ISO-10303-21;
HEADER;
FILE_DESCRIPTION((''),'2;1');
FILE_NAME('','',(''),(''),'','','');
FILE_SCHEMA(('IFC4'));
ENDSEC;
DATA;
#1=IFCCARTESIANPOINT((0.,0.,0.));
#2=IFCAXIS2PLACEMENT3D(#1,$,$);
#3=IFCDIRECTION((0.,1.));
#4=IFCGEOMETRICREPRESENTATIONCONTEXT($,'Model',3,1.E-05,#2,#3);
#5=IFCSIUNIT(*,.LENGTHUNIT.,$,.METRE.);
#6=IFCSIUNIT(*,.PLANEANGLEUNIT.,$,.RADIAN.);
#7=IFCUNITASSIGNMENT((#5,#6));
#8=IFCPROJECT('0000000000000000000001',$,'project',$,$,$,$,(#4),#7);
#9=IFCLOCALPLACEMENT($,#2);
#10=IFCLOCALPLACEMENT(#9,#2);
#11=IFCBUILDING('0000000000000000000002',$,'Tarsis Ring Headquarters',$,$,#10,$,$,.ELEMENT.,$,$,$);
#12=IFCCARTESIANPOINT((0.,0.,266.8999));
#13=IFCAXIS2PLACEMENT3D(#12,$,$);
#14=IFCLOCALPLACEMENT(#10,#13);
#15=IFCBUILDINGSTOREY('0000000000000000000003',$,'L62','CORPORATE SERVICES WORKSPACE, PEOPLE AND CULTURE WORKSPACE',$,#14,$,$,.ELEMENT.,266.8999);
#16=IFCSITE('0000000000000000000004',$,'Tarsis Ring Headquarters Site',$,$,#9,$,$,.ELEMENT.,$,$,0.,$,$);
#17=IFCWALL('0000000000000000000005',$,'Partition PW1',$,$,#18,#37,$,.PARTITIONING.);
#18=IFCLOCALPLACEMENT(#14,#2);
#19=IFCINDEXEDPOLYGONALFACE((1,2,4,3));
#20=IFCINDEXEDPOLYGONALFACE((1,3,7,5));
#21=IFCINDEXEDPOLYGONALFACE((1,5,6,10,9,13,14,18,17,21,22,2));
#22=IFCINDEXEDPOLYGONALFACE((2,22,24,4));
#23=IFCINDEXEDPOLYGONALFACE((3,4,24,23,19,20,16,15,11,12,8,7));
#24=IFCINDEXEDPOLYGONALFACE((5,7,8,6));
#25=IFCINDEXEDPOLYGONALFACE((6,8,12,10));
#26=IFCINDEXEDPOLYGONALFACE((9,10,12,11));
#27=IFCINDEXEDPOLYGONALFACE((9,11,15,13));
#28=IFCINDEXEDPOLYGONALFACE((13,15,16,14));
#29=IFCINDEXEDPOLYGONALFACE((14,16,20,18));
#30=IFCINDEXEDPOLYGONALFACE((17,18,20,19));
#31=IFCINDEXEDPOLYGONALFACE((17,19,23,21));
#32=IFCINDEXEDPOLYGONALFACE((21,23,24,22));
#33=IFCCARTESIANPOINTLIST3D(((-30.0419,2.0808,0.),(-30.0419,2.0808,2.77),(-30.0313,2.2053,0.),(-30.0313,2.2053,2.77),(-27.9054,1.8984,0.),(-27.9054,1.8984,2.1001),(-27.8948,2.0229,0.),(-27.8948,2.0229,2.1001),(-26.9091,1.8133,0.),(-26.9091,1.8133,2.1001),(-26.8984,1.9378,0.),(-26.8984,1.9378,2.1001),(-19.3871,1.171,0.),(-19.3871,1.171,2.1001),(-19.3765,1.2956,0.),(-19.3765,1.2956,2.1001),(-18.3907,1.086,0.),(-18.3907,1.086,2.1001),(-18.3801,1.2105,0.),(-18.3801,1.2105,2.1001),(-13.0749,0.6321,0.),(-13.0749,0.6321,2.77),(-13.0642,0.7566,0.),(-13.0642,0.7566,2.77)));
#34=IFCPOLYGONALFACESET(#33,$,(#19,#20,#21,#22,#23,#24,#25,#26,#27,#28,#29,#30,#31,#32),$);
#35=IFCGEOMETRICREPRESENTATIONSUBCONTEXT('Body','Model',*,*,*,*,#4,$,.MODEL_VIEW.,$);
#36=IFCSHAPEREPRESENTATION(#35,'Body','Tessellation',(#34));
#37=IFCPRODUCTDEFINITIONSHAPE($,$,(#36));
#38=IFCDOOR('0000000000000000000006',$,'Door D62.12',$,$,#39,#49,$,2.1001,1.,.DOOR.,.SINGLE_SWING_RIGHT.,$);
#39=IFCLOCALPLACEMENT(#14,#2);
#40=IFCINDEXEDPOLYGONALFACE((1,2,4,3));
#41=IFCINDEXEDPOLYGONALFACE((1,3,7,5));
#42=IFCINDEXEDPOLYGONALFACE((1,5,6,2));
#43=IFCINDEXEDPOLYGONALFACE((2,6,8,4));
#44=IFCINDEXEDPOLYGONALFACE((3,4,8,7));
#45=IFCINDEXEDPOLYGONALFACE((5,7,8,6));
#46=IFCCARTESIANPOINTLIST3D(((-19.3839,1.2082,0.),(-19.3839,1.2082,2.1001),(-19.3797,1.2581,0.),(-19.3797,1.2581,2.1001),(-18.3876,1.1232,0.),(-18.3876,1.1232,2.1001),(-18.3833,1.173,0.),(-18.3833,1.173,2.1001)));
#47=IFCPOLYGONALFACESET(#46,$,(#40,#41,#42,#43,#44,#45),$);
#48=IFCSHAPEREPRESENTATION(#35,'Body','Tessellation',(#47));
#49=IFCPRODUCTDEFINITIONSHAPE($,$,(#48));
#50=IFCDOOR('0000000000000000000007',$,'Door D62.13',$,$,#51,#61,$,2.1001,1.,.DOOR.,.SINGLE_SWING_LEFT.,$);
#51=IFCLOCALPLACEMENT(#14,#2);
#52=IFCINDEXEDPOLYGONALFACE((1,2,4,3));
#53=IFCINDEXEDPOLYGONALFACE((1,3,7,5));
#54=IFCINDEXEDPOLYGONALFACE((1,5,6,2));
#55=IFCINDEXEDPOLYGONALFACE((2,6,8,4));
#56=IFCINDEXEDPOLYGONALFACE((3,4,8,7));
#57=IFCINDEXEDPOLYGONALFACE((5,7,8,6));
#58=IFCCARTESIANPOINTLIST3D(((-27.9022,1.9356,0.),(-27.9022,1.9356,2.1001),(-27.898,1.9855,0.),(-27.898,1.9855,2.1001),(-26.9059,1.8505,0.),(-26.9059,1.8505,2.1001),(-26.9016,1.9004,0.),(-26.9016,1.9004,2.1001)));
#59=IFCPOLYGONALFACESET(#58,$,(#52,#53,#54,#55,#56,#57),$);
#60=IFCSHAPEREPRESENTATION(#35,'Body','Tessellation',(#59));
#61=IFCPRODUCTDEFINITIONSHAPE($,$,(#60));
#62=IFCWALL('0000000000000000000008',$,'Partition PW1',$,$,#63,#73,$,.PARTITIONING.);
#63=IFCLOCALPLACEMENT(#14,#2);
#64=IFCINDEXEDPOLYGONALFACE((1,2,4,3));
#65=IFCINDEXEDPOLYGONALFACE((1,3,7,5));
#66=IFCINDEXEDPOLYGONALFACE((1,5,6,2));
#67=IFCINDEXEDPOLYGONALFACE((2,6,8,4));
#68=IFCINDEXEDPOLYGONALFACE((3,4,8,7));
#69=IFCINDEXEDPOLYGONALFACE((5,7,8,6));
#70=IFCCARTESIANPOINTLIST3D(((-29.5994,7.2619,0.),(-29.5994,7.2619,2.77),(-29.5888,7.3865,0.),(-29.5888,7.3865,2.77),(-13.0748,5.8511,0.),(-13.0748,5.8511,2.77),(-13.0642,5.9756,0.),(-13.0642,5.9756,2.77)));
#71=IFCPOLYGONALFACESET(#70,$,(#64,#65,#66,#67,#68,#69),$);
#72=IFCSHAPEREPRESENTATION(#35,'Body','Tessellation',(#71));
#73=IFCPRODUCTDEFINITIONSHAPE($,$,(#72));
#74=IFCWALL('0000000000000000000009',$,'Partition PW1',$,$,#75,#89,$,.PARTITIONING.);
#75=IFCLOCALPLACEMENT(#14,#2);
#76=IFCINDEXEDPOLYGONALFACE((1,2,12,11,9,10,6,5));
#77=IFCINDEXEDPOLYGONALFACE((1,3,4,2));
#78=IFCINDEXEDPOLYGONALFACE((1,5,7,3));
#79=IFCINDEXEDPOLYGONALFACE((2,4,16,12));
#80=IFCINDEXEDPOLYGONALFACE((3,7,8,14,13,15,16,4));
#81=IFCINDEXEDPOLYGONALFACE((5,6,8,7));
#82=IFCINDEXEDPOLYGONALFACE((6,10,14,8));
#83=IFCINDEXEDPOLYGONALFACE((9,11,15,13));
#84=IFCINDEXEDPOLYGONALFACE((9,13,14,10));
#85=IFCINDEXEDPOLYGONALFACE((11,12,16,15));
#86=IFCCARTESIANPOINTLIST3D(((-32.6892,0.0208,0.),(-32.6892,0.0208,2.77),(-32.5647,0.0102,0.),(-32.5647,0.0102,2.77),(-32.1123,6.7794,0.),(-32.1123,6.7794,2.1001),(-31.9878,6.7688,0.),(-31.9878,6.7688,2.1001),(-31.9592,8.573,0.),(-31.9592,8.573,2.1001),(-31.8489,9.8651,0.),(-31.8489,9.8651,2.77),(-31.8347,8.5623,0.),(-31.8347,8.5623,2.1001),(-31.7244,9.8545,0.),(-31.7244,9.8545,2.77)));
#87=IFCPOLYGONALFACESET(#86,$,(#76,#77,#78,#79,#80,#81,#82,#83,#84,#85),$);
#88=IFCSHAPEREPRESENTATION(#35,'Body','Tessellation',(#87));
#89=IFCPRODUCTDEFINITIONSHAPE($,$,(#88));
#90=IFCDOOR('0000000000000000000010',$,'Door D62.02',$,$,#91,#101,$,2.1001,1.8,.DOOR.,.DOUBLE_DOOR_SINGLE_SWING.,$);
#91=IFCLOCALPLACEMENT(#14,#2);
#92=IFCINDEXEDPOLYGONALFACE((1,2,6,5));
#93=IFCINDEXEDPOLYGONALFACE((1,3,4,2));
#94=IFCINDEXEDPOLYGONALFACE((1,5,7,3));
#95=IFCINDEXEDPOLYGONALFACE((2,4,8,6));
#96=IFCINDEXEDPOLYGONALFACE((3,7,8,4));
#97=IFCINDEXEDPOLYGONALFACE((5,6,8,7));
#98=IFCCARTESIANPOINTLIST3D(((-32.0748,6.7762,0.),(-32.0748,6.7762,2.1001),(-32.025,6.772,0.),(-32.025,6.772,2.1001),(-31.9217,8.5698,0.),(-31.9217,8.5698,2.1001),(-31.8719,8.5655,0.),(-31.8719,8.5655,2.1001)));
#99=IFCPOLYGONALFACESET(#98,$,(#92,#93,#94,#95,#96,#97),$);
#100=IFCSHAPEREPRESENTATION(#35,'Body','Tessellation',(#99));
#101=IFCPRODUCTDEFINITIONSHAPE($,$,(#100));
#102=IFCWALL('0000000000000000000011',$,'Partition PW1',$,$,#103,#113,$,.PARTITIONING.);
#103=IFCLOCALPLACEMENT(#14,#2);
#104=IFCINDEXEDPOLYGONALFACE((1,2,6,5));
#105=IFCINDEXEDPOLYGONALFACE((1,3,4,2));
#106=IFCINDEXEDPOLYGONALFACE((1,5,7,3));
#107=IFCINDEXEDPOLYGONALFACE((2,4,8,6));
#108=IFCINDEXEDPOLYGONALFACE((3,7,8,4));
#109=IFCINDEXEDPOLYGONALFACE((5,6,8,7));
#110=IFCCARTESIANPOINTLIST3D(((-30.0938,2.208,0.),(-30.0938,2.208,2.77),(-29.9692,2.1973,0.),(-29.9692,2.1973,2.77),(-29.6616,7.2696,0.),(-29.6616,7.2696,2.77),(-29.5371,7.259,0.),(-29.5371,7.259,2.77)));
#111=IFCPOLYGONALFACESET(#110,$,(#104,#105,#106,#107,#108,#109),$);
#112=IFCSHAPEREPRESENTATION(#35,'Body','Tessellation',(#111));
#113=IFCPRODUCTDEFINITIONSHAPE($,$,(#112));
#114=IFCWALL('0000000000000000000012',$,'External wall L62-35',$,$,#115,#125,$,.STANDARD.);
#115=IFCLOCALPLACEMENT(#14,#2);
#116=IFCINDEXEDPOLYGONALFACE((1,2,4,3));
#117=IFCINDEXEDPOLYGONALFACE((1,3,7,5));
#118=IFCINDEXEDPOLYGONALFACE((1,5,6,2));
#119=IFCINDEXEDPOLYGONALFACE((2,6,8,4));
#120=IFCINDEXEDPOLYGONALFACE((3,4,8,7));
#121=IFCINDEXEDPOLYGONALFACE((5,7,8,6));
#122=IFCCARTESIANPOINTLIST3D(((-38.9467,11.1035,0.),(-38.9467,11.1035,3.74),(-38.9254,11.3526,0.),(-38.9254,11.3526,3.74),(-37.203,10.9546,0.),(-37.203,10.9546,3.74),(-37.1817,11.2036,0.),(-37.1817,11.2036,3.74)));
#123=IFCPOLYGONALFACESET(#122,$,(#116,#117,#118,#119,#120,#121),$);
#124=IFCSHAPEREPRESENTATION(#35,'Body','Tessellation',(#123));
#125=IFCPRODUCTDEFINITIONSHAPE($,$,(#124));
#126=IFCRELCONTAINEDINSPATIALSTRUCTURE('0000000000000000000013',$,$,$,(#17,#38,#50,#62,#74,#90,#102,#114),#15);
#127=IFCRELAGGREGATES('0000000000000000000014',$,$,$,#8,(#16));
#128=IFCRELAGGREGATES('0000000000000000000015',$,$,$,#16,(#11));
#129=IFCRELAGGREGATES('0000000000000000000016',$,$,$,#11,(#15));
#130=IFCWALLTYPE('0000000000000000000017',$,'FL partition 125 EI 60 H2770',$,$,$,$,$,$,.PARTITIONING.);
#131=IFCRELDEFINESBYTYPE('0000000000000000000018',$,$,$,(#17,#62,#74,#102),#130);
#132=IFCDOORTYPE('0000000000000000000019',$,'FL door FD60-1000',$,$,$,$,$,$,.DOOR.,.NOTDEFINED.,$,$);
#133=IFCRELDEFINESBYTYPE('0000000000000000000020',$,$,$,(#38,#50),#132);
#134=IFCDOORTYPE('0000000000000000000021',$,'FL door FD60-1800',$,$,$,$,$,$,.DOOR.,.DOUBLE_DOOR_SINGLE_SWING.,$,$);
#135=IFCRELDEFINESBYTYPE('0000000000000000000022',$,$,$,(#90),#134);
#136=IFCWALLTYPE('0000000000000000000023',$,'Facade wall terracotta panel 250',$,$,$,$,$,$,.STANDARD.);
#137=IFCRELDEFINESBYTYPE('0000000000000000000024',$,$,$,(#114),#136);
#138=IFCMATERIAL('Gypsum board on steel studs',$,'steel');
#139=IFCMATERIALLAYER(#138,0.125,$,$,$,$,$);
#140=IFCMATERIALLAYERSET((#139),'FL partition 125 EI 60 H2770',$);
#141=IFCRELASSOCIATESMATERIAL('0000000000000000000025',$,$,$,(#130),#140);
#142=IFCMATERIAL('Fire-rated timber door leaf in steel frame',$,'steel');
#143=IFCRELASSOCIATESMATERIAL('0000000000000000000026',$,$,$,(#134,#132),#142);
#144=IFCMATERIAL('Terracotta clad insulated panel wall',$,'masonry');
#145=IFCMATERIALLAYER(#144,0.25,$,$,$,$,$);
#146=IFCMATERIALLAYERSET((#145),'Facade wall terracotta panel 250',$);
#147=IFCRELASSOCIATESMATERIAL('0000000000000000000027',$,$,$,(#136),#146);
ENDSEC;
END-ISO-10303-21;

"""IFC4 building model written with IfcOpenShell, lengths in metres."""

from ifc_helpers import new_model, si_unit, direction, frame, frame_2d, origin, place, context, subcontext, project, spatial, rectangle, extrude, material, layer, layer_set, type_object, element, fill, save


model = new_model("IFC4")

# Units and contexts
model_context = context("Model", 3, precision=1e-05, world=origin(), true_north=direction((0.0, 1.0)))
body_context = subcontext(model_context, "Body", "Model", "MODEL_VIEW")
ifc_project = project(units=[si_unit("LENGTHUNIT", "METRE"), si_unit("PLANEANGLEUNIT", "RADIAN")], contexts=[model_context])

# Site, building, storey
site_placement = place(None, origin())
site = spatial("IfcSite", under=ifc_project, at=site_placement, Name="Tarsis Ring Headquarters Site", CompositionType="ELEMENT", RefElevation=0.0)
building_placement = place(site_placement, origin())
building = spatial("IfcBuilding", under=site, at=building_placement, Name="Tarsis Ring Headquarters", CompositionType="ELEMENT")
storey_placement = place(building_placement, frame((0.0, 0.0, 266.8999)))
storey = spatial("IfcBuildingStorey", under=building, at=storey_placement, Name="L62", Description="CORPORATE SERVICES WORKSPACE, PEOPLE AND CULTURE WORKSPACE", CompositionType="ELEMENT", Elevation=266.8999)

# Shared definitions
ifc_material_1 = material(Name="Gypsum board on steel studs", Category="steel")

# Shared definitions
ifc_layer_1 = layer(ifc_material_1, 0.125)
ifc_layer_set_1 = layer_set([ifc_layer_1], Name="FL partition 125 EI 60 H2770")
wall_type_1 = type_object("IfcWallType", Name="FL partition 125 EI 60 H2770", PredefinedType="PARTITIONING", material=ifc_layer_set_1)
ifc_material_2 = material(Name="Fire-rated timber door leaf in steel frame", Category="steel")
door_type_1 = type_object("IfcDoorType", Name="FL door FD60-1800", OperationType="DOUBLE_DOOR_SINGLE_SWING", PredefinedType="DOOR", material=ifc_material_2)

# Wall, openings, doors
wall_1_placement = place(storey_placement, frame((-30.0366, 2.1431, 0.0), z_axis=(0.0, 0.0, 1.0), x_axis=(0.996375, -0.085075, 0.0)))
wall_1 = element("IfcWall", 1, at=wall_1_placement, inside=storey, type_object=wall_type_1, Name="Partition PW1", PredefinedType="PARTITIONING", context=body_context, shape_type="SweptSolid", body=[
    extrude(rectangle(XDim=17.0288, YDim=0.125, at=frame_2d((8.5144, 0.0))), origin(), (0.0, 0.0, 1.0), 2.77),
])
opening_1_placement = place(wall_1_placement, frame((10.6936, 0.0, 0.0)))
opening_1 = element("IfcOpeningElement", 2, at=opening_1_placement, cuts=wall_1, PredefinedType="OPENING", context=body_context, shape_type="SweptSolid", body=[
    extrude(rectangle(XDim=1.0, YDim=2.1001, at=frame_2d((0.5, 1.05))), frame((0.0, 0.0725, 0.0), z_axis=(0.0, -1.0, 0.0), x_axis=(1.0, 0.0, 0.0)), (0.0, 0.0, 1.0), 0.145),
])
opening_2_placement = place(wall_1_placement, frame((2.1443, 0.0, 0.0)))
opening_2 = element("IfcOpeningElement", 3, at=opening_2_placement, cuts=wall_1, PredefinedType="OPENING", context=body_context, shape_type="SweptSolid", body=[
    extrude(rectangle(XDim=1.0, YDim=2.1001, at=frame_2d((0.5, 1.05))), frame((0.0, 0.0725, 0.0), z_axis=(0.0, -1.0, 0.0), x_axis=(1.0, 0.0, 0.0)), (0.0, 0.0, 1.0), 0.145),
])
door_type_2 = type_object("IfcDoorType", Name="FL door FD60-1000", OperationType="NOTDEFINED", PredefinedType="DOOR", material=ifc_material_2)
door_1_placement = place(opening_1_placement, origin())
door_1 = element("IfcDoor", 4, at=door_1_placement, inside=storey, type_object=door_type_2, Name="Door D62.12", OperationType="SINGLE_SWING_RIGHT", OverallHeight=2.1001, OverallWidth=1.0, PredefinedType="DOOR", context=body_context, shape_type="SweptSolid", body=[
    extrude(rectangle(XDim=1.0, YDim=2.1001, at=frame_2d((0.5, 1.05))), frame((0.0, 0.0249, 0.0), z_axis=(0.0, -1.0, 0.0), x_axis=(1.0, 0.0, 0.0)), (0.0, 0.0, 1.0), 0.05),
])
fill(opening_1, door_1)
door_2_placement = place(opening_2_placement, origin())
door_2 = element("IfcDoor", 5, at=door_2_placement, inside=storey, type_object=door_type_2, Name="Door D62.13", OperationType="SINGLE_SWING_LEFT", OverallHeight=2.1001, OverallWidth=1.0, PredefinedType="DOOR", context=body_context, shape_type="SweptSolid", body=[
    extrude(rectangle(XDim=1.0, YDim=2.1001, at=frame_2d((0.5, 1.05))), frame((0.0, 0.0249, 0.0), z_axis=(0.0, -1.0, 0.0), x_axis=(1.0, 0.0, 0.0)), (0.0, 0.0, 1.0), 0.05),
])
fill(opening_2, door_2)

# Wall
wall_2_placement = place(storey_placement, frame((-29.5942, 7.3242, 0.0), z_axis=(0.0, 0.0, 1.0), x_axis=(0.996375, -0.085071, 0.0)))
element("IfcWall", 6, at=wall_2_placement, inside=storey, type_object=wall_type_1, Name="Partition PW1", PredefinedType="PARTITIONING", context=body_context, shape_type="SweptSolid", body=[
    extrude(rectangle(XDim=16.5847, YDim=0.125, at=frame_2d((8.2925, 0.0))), origin(), (0.0, 0.0, 1.0), 2.77),
])

# Wall, opening, door
wall_3_placement = place(storey_placement, frame((-32.627, 0.0156, 0.0), z_axis=(0.0, 0.0, 1.0), x_axis=(0.085054, 0.996376, 0.0)))
wall_3 = element("IfcWall", 7, at=wall_3_placement, inside=storey, type_object=wall_type_1, Name="Partition PW1", PredefinedType="PARTITIONING", context=body_context, shape_type="SweptSolid", body=[
    extrude(rectangle(XDim=9.8801, YDim=0.125, at=frame_2d((4.9399, 0.0))), origin(), (0.0, 0.0, 1.0), 2.77),
])
opening_3_placement = place(wall_3_placement, frame((6.7832, 0.0, 0.0)))
opening_3 = element("IfcOpeningElement", 8, at=opening_3_placement, cuts=wall_3, PredefinedType="OPENING", context=body_context, shape_type="SweptSolid", body=[
    extrude(rectangle(XDim=1.8, YDim=2.1001, at=frame_2d((0.8999, 1.05))), frame((0.0, 0.0725, 0.0), z_axis=(0.0, -1.0, 0.0), x_axis=(1.0, 0.0, 0.0)), (0.0, 0.0, 1.0), 0.145),
])
door_3_placement = place(opening_3_placement, origin())
door_3 = element("IfcDoor", 9, at=door_3_placement, inside=storey, type_object=door_type_1, Name="Door D62.02", OperationType="DOUBLE_DOOR_SINGLE_SWING", OverallHeight=2.1001, OverallWidth=1.8, PredefinedType="DOOR", context=body_context, shape_type="SweptSolid", body=[
    extrude(rectangle(XDim=1.8, YDim=2.1001, at=frame_2d((0.8999, 1.05))), frame((0.0, 0.0249, 0.0), z_axis=(0.0, -1.0, 0.0), x_axis=(1.0, 0.0, 0.0)), (0.0, 0.0, 1.0), 0.05),
])
fill(opening_3, door_3)

# Walls
wall_4_placement = place(storey_placement, frame((-30.0315, 2.2026, 0.0), z_axis=(0.0, 0.0, 1.0), x_axis=(0.085062, 0.996376, 0.0)))
element("IfcWall", 10, at=wall_4_placement, inside=storey, type_object=wall_type_1, Name="Partition PW1", PredefinedType="PARTITIONING", context=body_context, shape_type="SweptSolid", body=[
    extrude(rectangle(XDim=5.0801, YDim=0.125, at=frame_2d((2.54, 0.0))), origin(), (0.0, 0.0, 1.0), 2.77),
])
ifc_material_3 = material(Name="Terracotta clad insulated panel wall", Category="masonry")
ifc_layer_2 = layer(ifc_material_3, 0.25)
ifc_layer_set_2 = layer_set([ifc_layer_2], Name="Facade wall terracotta panel 250")
wall_type_2 = type_object("IfcWallType", Name="Facade wall terracotta panel 250", PredefinedType="STANDARD", material=ifc_layer_set_2)
wall_5_placement = place(storey_placement, frame((-37.1924, 11.0791, 0.0), z_axis=(0.0, 0.0, 1.0), x_axis=(-0.996372, 0.0851, 0.0)))
element("IfcWall", 11, at=wall_5_placement, inside=storey, type_object=wall_type_2, Name="External wall L62-35", PredefinedType="STANDARD", context=body_context, shape_type="SweptSolid", body=[
    extrude(rectangle(XDim=1.75, YDim=0.25, at=frame_2d((0.875, 0.0))), origin(), (0.0, 0.0, 1.0), 3.74),
])

save(model, "model.ifc")
